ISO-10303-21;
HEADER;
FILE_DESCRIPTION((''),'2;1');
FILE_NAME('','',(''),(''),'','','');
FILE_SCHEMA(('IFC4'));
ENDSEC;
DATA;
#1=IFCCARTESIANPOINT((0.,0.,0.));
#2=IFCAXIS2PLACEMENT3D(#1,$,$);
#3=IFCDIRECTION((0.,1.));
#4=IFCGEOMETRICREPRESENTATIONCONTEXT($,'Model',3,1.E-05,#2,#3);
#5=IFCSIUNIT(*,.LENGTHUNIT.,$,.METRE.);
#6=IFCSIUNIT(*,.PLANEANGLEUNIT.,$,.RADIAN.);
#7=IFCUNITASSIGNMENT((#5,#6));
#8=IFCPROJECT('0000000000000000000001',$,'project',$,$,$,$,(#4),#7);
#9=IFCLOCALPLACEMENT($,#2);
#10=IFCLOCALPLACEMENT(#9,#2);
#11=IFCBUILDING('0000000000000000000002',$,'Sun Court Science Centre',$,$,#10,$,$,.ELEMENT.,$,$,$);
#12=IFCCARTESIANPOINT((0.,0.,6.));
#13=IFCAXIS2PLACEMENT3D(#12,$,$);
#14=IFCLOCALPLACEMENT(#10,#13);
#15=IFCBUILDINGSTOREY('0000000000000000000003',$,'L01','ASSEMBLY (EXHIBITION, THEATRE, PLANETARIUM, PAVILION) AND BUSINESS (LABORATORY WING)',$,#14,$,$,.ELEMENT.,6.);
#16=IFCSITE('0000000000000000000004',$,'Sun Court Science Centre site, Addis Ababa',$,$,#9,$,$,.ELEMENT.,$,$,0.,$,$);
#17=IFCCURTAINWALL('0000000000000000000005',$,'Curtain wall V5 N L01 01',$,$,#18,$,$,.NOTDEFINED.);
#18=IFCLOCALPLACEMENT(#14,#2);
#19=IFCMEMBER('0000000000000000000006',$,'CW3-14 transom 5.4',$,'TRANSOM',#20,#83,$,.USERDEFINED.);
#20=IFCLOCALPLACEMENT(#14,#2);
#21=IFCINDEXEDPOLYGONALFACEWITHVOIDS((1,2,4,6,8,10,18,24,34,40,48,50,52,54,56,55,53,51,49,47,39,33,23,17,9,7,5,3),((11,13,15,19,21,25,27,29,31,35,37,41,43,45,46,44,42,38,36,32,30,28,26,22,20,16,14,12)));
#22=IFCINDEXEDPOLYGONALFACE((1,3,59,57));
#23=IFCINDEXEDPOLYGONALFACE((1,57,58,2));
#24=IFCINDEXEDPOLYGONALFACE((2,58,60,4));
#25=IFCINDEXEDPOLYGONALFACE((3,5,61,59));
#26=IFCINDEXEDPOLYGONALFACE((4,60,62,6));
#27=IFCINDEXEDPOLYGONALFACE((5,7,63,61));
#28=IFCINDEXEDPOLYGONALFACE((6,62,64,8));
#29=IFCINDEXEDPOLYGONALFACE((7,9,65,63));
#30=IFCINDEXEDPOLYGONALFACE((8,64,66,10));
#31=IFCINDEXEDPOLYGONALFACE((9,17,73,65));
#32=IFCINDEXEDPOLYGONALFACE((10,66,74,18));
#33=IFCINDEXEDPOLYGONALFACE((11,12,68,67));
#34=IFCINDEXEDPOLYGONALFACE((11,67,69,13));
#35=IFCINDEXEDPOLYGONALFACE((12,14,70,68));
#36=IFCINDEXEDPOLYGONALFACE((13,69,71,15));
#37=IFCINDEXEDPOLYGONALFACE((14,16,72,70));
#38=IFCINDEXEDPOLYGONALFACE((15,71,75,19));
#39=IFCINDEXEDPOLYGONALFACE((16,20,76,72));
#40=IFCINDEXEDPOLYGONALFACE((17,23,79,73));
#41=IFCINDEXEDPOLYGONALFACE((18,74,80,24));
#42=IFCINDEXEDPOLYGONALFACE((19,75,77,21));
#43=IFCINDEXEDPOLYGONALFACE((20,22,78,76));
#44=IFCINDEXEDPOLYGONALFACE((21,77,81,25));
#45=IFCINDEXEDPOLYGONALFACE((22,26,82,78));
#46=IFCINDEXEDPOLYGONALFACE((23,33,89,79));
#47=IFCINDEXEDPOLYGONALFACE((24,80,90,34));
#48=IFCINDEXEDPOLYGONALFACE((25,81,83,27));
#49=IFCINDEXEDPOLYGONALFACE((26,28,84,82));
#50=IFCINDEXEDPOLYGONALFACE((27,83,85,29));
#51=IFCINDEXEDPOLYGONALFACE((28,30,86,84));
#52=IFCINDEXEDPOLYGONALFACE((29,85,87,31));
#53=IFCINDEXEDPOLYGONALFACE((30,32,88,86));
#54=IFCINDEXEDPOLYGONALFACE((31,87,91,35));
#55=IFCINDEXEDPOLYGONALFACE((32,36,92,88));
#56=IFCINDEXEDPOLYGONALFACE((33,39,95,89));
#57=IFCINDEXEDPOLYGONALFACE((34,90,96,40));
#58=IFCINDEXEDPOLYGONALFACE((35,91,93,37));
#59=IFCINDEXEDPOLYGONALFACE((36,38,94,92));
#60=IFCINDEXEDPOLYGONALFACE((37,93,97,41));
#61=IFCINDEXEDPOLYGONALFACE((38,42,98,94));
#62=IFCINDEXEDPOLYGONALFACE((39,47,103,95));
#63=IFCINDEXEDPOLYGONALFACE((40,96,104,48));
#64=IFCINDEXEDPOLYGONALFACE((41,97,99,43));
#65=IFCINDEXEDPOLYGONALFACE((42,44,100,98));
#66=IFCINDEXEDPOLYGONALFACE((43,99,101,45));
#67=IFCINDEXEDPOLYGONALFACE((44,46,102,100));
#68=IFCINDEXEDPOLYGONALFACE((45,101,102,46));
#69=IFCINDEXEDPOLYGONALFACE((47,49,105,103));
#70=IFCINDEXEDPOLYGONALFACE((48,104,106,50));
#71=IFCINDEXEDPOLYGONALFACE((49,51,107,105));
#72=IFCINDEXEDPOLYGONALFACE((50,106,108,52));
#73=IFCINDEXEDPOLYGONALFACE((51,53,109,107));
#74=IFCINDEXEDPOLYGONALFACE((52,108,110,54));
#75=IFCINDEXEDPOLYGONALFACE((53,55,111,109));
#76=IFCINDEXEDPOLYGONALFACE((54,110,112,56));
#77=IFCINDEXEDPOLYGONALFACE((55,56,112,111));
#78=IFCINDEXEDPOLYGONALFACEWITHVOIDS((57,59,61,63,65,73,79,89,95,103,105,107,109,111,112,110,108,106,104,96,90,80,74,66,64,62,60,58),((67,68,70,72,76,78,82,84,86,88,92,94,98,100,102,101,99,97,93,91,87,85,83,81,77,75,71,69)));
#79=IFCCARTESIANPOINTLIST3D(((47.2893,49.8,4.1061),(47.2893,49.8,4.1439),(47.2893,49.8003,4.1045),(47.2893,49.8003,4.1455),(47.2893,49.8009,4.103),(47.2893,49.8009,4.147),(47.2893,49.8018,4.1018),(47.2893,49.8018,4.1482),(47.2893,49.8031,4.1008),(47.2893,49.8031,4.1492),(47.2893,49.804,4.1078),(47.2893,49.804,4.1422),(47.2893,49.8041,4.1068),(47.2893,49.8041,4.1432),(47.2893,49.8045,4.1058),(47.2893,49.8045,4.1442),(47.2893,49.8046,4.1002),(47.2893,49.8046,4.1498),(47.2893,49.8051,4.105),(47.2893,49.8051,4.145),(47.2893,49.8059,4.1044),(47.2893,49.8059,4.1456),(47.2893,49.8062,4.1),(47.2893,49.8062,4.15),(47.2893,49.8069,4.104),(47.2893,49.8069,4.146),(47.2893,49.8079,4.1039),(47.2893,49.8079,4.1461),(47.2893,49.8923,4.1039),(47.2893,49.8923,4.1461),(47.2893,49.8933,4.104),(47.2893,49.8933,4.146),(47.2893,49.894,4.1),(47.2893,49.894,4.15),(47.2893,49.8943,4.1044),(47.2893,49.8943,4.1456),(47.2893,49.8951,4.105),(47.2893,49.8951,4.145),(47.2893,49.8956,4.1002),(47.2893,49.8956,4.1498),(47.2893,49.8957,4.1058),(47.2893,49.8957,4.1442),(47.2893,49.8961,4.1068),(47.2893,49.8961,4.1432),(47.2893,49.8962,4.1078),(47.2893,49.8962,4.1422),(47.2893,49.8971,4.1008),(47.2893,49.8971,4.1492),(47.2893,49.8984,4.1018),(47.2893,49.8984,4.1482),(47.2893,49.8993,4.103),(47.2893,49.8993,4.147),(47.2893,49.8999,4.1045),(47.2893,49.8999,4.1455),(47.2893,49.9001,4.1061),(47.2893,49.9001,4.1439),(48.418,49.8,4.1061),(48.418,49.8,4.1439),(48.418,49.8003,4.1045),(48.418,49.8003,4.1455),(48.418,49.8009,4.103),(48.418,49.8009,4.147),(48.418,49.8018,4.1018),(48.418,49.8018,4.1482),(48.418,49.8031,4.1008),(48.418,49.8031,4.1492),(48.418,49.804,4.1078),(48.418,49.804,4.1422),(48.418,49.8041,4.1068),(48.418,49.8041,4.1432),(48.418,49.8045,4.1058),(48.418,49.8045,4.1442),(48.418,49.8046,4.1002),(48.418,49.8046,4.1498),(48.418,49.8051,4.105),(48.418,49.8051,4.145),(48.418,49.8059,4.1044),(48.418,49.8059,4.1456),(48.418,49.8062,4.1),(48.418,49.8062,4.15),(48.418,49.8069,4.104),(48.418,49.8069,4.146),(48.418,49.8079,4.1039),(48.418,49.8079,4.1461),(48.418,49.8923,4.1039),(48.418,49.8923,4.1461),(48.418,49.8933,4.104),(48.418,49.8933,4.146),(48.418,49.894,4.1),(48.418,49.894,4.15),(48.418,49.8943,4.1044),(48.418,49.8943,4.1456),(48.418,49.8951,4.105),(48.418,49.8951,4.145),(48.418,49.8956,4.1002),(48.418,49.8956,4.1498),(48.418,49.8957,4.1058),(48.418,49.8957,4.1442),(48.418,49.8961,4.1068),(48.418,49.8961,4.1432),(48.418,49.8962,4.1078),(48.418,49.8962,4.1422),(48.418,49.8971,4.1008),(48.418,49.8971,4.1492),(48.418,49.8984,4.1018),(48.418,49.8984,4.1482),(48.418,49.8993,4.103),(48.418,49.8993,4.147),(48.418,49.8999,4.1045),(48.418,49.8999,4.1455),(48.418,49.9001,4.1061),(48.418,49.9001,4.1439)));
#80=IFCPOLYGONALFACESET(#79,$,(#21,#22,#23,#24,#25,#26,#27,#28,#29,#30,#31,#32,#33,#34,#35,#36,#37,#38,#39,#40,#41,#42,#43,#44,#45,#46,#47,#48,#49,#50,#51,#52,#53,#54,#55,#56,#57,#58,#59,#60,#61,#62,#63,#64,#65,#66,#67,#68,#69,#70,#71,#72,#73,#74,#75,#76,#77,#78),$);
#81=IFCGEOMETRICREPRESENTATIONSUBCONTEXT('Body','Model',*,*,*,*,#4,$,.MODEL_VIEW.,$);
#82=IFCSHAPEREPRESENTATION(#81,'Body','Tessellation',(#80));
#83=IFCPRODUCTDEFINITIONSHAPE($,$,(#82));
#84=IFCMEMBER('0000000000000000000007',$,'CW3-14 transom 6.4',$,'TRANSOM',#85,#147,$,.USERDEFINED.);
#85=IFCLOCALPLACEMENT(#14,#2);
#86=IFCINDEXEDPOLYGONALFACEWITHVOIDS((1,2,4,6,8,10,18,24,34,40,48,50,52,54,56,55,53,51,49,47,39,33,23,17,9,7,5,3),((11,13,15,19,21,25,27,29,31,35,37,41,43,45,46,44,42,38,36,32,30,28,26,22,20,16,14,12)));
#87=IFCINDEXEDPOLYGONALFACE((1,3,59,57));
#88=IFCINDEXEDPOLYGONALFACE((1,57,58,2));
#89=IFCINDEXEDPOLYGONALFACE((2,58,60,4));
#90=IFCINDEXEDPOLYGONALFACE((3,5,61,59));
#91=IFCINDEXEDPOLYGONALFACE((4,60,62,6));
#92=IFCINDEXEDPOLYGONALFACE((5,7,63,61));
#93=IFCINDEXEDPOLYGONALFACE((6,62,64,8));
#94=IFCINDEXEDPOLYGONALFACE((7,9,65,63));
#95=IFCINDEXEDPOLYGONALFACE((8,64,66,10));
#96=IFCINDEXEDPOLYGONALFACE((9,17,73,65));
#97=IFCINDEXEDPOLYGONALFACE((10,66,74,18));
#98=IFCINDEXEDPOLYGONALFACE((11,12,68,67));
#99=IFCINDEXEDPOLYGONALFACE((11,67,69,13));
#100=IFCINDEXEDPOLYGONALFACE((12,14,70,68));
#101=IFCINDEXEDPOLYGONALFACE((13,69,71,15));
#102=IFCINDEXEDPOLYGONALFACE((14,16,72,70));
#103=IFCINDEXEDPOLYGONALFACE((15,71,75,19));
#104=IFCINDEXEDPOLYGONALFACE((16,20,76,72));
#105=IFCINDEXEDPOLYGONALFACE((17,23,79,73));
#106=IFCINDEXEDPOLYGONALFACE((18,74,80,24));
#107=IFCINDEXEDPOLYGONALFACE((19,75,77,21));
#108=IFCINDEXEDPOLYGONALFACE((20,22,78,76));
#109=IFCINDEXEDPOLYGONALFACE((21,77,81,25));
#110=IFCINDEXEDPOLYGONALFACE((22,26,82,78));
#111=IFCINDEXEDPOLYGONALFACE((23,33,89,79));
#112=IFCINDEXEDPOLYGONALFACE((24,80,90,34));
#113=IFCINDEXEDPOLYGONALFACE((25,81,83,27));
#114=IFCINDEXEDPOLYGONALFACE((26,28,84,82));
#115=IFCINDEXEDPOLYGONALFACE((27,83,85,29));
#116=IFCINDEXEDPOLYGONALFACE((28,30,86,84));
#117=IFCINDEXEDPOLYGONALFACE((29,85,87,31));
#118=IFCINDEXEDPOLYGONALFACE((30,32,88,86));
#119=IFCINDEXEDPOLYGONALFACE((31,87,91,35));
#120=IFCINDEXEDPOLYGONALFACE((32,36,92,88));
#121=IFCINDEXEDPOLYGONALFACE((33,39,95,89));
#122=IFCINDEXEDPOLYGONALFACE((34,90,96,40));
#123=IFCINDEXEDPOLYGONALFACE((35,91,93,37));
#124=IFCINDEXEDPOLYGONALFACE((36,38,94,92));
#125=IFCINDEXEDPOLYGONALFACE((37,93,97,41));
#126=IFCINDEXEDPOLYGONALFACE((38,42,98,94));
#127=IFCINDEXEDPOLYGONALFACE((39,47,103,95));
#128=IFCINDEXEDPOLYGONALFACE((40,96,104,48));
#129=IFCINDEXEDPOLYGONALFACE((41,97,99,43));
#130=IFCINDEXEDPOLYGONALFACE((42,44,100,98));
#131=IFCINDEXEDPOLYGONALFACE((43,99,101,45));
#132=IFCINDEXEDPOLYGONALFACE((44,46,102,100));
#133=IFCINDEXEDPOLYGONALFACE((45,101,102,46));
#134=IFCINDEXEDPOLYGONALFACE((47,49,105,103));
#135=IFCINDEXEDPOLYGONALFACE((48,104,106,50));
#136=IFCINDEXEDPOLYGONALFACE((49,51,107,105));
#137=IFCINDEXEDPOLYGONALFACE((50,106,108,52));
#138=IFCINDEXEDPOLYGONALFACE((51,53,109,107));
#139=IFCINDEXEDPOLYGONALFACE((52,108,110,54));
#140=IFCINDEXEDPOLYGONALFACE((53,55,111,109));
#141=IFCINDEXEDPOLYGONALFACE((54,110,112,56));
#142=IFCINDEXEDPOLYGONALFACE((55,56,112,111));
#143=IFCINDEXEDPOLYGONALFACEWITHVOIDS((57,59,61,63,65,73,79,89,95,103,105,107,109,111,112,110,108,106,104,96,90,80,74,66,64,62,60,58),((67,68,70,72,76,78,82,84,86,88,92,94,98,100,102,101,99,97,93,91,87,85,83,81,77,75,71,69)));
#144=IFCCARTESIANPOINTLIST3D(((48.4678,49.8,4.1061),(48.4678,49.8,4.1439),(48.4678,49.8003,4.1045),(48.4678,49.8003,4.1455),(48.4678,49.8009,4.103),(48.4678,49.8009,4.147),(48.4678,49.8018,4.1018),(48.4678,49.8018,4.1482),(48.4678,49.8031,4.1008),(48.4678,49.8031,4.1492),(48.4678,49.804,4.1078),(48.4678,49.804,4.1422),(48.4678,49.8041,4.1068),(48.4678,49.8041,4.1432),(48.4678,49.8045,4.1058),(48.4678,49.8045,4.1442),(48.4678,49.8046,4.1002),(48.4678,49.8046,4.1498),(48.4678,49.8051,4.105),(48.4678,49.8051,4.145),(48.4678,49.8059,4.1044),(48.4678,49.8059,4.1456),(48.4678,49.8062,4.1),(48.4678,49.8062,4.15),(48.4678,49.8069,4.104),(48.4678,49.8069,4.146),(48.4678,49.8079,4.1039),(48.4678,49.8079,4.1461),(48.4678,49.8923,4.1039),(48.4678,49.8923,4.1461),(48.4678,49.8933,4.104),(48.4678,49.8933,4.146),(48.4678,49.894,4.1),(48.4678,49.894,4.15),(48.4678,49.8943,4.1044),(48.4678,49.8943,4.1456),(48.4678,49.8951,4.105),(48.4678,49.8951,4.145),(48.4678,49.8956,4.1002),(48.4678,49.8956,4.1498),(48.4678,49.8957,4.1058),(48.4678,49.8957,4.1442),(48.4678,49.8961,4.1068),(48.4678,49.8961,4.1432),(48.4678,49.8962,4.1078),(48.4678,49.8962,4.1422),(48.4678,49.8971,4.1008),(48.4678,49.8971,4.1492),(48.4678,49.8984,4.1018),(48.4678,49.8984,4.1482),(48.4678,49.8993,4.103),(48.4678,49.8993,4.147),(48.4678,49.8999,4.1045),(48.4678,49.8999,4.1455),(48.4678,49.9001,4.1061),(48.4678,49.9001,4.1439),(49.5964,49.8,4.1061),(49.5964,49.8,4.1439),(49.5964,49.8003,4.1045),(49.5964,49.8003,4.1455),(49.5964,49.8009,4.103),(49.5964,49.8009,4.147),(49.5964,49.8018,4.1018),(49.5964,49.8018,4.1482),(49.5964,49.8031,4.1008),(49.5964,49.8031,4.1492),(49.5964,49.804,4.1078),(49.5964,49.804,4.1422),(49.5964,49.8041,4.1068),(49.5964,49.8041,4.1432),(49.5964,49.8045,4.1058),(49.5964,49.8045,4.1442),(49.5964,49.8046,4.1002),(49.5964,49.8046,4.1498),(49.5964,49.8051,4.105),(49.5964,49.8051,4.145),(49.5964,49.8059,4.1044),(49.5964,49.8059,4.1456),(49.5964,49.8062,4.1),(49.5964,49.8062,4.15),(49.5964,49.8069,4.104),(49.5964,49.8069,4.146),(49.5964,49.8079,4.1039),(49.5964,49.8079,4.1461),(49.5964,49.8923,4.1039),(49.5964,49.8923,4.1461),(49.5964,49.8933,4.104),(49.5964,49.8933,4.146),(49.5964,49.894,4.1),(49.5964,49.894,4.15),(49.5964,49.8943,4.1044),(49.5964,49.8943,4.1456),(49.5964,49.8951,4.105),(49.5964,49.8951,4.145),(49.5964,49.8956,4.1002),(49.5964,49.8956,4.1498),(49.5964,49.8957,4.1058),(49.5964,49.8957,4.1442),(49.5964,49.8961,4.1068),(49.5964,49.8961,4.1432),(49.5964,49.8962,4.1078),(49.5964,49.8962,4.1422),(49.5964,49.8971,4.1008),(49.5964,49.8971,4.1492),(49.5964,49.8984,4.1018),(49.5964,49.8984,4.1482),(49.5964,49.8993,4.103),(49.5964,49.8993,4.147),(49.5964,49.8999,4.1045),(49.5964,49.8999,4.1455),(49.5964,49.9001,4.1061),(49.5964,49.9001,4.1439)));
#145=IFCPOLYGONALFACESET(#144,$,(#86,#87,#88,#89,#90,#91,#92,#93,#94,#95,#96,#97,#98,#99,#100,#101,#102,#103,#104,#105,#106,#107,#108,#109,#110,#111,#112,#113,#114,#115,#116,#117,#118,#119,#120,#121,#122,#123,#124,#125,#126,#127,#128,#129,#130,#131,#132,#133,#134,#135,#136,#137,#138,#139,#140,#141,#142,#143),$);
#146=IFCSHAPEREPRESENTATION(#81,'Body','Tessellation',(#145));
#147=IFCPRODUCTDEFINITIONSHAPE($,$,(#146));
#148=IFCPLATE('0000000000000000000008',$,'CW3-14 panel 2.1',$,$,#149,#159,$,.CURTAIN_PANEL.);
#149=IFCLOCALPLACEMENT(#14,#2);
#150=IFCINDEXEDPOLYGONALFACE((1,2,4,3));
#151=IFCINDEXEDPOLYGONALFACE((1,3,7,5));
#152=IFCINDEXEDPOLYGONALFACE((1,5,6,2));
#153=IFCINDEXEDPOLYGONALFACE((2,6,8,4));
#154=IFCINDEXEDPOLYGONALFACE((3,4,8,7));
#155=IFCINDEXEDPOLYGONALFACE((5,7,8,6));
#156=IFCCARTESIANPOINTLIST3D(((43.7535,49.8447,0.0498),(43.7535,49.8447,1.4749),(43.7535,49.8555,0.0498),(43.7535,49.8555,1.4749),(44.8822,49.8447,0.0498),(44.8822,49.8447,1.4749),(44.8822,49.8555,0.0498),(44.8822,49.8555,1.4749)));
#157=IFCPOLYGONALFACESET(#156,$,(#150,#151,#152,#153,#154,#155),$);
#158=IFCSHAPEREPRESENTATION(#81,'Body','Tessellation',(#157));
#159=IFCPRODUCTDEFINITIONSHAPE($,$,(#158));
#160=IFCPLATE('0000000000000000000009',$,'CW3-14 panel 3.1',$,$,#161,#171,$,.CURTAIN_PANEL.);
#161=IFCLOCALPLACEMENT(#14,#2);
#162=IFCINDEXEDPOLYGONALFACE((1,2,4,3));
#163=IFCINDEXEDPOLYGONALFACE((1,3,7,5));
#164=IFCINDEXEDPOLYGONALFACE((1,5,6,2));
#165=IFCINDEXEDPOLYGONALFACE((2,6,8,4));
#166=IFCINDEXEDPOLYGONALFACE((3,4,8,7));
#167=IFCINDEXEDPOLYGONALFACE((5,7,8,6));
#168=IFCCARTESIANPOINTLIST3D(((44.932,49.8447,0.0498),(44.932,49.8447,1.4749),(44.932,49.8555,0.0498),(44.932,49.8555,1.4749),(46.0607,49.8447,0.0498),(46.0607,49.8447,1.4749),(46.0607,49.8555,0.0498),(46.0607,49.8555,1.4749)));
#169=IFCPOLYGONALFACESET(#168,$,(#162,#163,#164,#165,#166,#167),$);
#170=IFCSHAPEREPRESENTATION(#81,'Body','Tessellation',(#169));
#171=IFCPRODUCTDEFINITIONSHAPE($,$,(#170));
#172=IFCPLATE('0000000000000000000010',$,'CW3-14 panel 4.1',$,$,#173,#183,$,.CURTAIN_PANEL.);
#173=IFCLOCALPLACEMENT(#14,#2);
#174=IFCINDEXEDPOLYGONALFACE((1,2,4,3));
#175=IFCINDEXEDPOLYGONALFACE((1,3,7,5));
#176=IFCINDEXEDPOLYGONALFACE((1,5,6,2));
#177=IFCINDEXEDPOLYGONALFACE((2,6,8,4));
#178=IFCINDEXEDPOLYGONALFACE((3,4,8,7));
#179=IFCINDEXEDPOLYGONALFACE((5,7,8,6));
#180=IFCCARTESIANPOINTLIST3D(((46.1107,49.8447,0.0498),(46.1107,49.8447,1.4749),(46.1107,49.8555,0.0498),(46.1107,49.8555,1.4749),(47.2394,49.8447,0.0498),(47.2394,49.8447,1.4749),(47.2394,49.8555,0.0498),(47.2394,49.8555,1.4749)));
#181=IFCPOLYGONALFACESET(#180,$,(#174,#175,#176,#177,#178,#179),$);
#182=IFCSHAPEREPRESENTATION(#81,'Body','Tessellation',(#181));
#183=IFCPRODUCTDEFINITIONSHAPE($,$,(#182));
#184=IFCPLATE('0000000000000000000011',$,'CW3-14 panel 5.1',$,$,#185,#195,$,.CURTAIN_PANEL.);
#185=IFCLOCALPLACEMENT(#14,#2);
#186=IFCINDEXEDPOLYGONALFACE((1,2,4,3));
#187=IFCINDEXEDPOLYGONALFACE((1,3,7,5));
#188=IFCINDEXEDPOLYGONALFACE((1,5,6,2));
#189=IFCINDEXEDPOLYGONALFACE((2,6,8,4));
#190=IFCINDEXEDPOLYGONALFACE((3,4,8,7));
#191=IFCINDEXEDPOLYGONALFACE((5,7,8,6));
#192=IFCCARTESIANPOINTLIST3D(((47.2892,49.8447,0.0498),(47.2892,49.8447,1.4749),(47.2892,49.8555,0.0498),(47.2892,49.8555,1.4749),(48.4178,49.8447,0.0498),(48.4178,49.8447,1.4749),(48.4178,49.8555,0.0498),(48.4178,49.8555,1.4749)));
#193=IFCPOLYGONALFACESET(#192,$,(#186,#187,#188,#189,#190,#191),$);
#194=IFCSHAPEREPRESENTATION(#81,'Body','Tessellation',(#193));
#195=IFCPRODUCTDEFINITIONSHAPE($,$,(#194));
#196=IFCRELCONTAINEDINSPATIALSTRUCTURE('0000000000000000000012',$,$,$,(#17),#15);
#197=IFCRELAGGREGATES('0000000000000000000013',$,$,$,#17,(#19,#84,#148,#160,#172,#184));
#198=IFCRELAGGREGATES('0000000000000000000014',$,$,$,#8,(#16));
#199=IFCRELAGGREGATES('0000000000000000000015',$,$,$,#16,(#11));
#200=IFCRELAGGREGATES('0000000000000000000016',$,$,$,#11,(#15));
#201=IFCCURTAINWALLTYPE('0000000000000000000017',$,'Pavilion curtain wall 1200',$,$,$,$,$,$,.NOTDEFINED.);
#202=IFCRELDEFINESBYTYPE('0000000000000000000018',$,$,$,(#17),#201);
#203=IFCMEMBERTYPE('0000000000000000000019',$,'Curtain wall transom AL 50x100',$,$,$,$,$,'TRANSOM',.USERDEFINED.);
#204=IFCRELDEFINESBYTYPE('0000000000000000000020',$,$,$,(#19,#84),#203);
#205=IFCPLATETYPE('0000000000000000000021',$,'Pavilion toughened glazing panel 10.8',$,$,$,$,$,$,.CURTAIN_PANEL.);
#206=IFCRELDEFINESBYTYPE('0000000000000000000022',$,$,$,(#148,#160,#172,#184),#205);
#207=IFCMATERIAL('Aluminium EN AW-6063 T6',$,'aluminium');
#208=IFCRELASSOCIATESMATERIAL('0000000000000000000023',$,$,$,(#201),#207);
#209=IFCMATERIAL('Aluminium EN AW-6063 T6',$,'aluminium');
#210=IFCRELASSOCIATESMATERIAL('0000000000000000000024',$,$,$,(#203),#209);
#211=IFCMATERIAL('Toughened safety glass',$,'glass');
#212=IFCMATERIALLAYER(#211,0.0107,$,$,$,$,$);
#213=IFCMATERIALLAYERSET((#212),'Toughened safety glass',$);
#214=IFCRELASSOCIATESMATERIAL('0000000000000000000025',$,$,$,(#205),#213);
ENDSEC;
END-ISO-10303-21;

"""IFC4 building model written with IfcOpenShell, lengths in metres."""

from ifc_helpers import new_model, si_unit, direction, frame, origin, origin_2d, place, context, subcontext, project, spatial, rectangle, hollow_rectangle, extrude, material, layer, layer_set, material_profile, profile_set, type_object, element, aggregate, save


model = new_model("IFC4")

# Units and contexts
model_context = context("Model", 3, precision=1e-05, world=origin(), true_north=direction((0.0, 1.0)))
body_context = subcontext(model_context, "Body", "Model", "MODEL_VIEW")
ifc_project = project(units=[si_unit("LENGTHUNIT", "METRE"), si_unit("PLANEANGLEUNIT", "RADIAN")], contexts=[model_context])

# Site, building, storey
site_placement = place(None, origin())
site = spatial("IfcSite", under=ifc_project, at=site_placement, Name="Sun Court Science Centre site, Addis Ababa", CompositionType="ELEMENT", RefElevation=0.0)
building_placement = place(site_placement, origin())
building = spatial("IfcBuilding", under=site, at=building_placement, Name="Sun Court Science Centre", CompositionType="ELEMENT")
storey_placement = place(building_placement, frame((0.0, 0.0, 6.0)))
storey = spatial("IfcBuildingStorey", under=building, at=storey_placement, Name="L01", Description="ASSEMBLY (EXHIBITION, THEATRE, PLANETARIUM, PAVILION) AND BUSINESS (LABORATORY WING)", CompositionType="ELEMENT", Elevation=6.0)

# Curtain wall, members, plates
ifc_material_1 = material(Name="Aluminium EN AW-6063 T6", Category="aluminium")
curtain_wall_type = type_object("IfcCurtainWallType", Name="Pavilion curtain wall 1200", PredefinedType="NOTDEFINED", material=ifc_material_1)
curtain_wall_placement = place(storey_placement, origin())
curtain_wall = element("IfcCurtainWall", 1, at=curtain_wall_placement, inside=storey, type_object=curtain_wall_type, Name="Curtain wall V5 N L01 01", PredefinedType="NOTDEFINED")
ifc_material_2 = material(Name="Aluminium EN AW-6063 T6", Category="aluminium")
ifc_material_profile_1 = material_profile(ifc_material_2, hollow_rectangle(XDim=0.05, YDim=0.1001, WallThickness=0.0039, InnerFilletRadius=0.0039, OuterFilletRadius=0.0061, at=origin_2d()), Name="AL 50x100x4")
ifc_profile_set_1 = profile_set([ifc_material_profile_1], Name="Aluminium EN AW-6063 T6")
member_type_1 = type_object("IfcMemberType", Name="Curtain wall transom AL 50x100", ElementType="TRANSOM", PredefinedType="USERDEFINED", material=ifc_profile_set_1)
member_1_placement = place(storey_placement, frame((47.2893, 49.8501, 4.125), z_axis=(1.0, 0.0, 0.0), x_axis=(0.0, 0.0, 1.0)))
member_1 = element("IfcMember", 2, at=member_1_placement, type_object=member_type_1, Name="CW3-14 transom 5.4", ObjectType="TRANSOM", PredefinedType="USERDEFINED", context=body_context, shape_type="SweptSolid", body=[
    extrude(hollow_rectangle(XDim=0.05, YDim=0.1001, WallThickness=0.0039, InnerFilletRadius=0.0039, OuterFilletRadius=0.0061, at=origin_2d()), origin(), (0.0, 0.0, 1.0), 1.1287),
])
member_2_placement = place(storey_placement, frame((48.4678, 49.8501, 4.125), z_axis=(1.0, 0.0, 0.0), x_axis=(0.0, 0.0, 1.0)))
member_2 = element("IfcMember", 3, at=member_2_placement, type_object=member_type_1, Name="CW3-14 transom 6.4", ObjectType="TRANSOM", PredefinedType="USERDEFINED", context=body_context, shape_type="SweptSolid", body=[
    extrude(hollow_rectangle(XDim=0.05, YDim=0.1001, WallThickness=0.0039, InnerFilletRadius=0.0039, OuterFilletRadius=0.0061, at=origin_2d()), origin(), (0.0, 0.0, 1.0), 1.1287),
])
ifc_material_3 = material(Name="Toughened safety glass", Category="glass")
ifc_layer_1 = layer(ifc_material_3, 0.0107)
ifc_layer_set_1 = layer_set([ifc_layer_1], Name="Toughened safety glass")
plate_type = type_object("IfcPlateType", Name="Pavilion toughened glazing panel 10.8", PredefinedType="CURTAIN_PANEL", material=ifc_layer_set_1)
plate_1_placement = place(storey_placement, frame((44.3179, 49.8501, 0.0498), z_axis=(0.0, 0.0, 1.0), x_axis=(1.0, 0.0, 0.0)))
plate_1 = element("IfcPlate", 4, at=plate_1_placement, type_object=plate_type, Name="CW3-14 panel 2.1", PredefinedType="CURTAIN_PANEL", context=body_context, shape_type="SweptSolid", body=[
    extrude(rectangle(XDim=1.1287, YDim=0.0107, at=origin_2d()), origin(), (0.0, 0.0, 1.0), 1.425),
])
plate_2_placement = place(storey_placement, frame((45.4963, 49.8501, 0.0498), z_axis=(0.0, 0.0, 1.0), x_axis=(1.0, 0.0, 0.0)))
plate_2 = element("IfcPlate", 5, at=plate_2_placement, type_object=plate_type, Name="CW3-14 panel 3.1", PredefinedType="CURTAIN_PANEL", context=body_context, shape_type="SweptSolid", body=[
    extrude(rectangle(XDim=1.1287, YDim=0.0107, at=origin_2d()), origin(), (0.0, 0.0, 1.0), 1.425),
])
plate_3_placement = place(storey_placement, frame((46.675, 49.8501, 0.0498), z_axis=(0.0, 0.0, 1.0), x_axis=(1.0, 0.0, 0.0)))
plate_3 = element("IfcPlate", 6, at=plate_3_placement, type_object=plate_type, Name="CW3-14 panel 4.1", PredefinedType="CURTAIN_PANEL", context=body_context, shape_type="SweptSolid", body=[
    extrude(rectangle(XDim=1.1287, YDim=0.0107, at=origin_2d()), origin(), (0.0, 0.0, 1.0), 1.425),
])
plate_4_placement = place(storey_placement, frame((47.8535, 49.8501, 0.0498), z_axis=(0.0, 0.0, 1.0), x_axis=(1.0, 0.0, 0.0)))
plate_4 = element("IfcPlate", 7, at=plate_4_placement, type_object=plate_type, Name="CW3-14 panel 5.1", PredefinedType="CURTAIN_PANEL", context=body_context, shape_type="SweptSolid", body=[
    extrude(rectangle(XDim=1.1287, YDim=0.0107, at=origin_2d()), origin(), (0.0, 0.0, 1.0), 1.425),
])
aggregate(curtain_wall, [member_1, member_2, plate_1, plate_2, plate_3, plate_4])

save(model, "model.ifc")
